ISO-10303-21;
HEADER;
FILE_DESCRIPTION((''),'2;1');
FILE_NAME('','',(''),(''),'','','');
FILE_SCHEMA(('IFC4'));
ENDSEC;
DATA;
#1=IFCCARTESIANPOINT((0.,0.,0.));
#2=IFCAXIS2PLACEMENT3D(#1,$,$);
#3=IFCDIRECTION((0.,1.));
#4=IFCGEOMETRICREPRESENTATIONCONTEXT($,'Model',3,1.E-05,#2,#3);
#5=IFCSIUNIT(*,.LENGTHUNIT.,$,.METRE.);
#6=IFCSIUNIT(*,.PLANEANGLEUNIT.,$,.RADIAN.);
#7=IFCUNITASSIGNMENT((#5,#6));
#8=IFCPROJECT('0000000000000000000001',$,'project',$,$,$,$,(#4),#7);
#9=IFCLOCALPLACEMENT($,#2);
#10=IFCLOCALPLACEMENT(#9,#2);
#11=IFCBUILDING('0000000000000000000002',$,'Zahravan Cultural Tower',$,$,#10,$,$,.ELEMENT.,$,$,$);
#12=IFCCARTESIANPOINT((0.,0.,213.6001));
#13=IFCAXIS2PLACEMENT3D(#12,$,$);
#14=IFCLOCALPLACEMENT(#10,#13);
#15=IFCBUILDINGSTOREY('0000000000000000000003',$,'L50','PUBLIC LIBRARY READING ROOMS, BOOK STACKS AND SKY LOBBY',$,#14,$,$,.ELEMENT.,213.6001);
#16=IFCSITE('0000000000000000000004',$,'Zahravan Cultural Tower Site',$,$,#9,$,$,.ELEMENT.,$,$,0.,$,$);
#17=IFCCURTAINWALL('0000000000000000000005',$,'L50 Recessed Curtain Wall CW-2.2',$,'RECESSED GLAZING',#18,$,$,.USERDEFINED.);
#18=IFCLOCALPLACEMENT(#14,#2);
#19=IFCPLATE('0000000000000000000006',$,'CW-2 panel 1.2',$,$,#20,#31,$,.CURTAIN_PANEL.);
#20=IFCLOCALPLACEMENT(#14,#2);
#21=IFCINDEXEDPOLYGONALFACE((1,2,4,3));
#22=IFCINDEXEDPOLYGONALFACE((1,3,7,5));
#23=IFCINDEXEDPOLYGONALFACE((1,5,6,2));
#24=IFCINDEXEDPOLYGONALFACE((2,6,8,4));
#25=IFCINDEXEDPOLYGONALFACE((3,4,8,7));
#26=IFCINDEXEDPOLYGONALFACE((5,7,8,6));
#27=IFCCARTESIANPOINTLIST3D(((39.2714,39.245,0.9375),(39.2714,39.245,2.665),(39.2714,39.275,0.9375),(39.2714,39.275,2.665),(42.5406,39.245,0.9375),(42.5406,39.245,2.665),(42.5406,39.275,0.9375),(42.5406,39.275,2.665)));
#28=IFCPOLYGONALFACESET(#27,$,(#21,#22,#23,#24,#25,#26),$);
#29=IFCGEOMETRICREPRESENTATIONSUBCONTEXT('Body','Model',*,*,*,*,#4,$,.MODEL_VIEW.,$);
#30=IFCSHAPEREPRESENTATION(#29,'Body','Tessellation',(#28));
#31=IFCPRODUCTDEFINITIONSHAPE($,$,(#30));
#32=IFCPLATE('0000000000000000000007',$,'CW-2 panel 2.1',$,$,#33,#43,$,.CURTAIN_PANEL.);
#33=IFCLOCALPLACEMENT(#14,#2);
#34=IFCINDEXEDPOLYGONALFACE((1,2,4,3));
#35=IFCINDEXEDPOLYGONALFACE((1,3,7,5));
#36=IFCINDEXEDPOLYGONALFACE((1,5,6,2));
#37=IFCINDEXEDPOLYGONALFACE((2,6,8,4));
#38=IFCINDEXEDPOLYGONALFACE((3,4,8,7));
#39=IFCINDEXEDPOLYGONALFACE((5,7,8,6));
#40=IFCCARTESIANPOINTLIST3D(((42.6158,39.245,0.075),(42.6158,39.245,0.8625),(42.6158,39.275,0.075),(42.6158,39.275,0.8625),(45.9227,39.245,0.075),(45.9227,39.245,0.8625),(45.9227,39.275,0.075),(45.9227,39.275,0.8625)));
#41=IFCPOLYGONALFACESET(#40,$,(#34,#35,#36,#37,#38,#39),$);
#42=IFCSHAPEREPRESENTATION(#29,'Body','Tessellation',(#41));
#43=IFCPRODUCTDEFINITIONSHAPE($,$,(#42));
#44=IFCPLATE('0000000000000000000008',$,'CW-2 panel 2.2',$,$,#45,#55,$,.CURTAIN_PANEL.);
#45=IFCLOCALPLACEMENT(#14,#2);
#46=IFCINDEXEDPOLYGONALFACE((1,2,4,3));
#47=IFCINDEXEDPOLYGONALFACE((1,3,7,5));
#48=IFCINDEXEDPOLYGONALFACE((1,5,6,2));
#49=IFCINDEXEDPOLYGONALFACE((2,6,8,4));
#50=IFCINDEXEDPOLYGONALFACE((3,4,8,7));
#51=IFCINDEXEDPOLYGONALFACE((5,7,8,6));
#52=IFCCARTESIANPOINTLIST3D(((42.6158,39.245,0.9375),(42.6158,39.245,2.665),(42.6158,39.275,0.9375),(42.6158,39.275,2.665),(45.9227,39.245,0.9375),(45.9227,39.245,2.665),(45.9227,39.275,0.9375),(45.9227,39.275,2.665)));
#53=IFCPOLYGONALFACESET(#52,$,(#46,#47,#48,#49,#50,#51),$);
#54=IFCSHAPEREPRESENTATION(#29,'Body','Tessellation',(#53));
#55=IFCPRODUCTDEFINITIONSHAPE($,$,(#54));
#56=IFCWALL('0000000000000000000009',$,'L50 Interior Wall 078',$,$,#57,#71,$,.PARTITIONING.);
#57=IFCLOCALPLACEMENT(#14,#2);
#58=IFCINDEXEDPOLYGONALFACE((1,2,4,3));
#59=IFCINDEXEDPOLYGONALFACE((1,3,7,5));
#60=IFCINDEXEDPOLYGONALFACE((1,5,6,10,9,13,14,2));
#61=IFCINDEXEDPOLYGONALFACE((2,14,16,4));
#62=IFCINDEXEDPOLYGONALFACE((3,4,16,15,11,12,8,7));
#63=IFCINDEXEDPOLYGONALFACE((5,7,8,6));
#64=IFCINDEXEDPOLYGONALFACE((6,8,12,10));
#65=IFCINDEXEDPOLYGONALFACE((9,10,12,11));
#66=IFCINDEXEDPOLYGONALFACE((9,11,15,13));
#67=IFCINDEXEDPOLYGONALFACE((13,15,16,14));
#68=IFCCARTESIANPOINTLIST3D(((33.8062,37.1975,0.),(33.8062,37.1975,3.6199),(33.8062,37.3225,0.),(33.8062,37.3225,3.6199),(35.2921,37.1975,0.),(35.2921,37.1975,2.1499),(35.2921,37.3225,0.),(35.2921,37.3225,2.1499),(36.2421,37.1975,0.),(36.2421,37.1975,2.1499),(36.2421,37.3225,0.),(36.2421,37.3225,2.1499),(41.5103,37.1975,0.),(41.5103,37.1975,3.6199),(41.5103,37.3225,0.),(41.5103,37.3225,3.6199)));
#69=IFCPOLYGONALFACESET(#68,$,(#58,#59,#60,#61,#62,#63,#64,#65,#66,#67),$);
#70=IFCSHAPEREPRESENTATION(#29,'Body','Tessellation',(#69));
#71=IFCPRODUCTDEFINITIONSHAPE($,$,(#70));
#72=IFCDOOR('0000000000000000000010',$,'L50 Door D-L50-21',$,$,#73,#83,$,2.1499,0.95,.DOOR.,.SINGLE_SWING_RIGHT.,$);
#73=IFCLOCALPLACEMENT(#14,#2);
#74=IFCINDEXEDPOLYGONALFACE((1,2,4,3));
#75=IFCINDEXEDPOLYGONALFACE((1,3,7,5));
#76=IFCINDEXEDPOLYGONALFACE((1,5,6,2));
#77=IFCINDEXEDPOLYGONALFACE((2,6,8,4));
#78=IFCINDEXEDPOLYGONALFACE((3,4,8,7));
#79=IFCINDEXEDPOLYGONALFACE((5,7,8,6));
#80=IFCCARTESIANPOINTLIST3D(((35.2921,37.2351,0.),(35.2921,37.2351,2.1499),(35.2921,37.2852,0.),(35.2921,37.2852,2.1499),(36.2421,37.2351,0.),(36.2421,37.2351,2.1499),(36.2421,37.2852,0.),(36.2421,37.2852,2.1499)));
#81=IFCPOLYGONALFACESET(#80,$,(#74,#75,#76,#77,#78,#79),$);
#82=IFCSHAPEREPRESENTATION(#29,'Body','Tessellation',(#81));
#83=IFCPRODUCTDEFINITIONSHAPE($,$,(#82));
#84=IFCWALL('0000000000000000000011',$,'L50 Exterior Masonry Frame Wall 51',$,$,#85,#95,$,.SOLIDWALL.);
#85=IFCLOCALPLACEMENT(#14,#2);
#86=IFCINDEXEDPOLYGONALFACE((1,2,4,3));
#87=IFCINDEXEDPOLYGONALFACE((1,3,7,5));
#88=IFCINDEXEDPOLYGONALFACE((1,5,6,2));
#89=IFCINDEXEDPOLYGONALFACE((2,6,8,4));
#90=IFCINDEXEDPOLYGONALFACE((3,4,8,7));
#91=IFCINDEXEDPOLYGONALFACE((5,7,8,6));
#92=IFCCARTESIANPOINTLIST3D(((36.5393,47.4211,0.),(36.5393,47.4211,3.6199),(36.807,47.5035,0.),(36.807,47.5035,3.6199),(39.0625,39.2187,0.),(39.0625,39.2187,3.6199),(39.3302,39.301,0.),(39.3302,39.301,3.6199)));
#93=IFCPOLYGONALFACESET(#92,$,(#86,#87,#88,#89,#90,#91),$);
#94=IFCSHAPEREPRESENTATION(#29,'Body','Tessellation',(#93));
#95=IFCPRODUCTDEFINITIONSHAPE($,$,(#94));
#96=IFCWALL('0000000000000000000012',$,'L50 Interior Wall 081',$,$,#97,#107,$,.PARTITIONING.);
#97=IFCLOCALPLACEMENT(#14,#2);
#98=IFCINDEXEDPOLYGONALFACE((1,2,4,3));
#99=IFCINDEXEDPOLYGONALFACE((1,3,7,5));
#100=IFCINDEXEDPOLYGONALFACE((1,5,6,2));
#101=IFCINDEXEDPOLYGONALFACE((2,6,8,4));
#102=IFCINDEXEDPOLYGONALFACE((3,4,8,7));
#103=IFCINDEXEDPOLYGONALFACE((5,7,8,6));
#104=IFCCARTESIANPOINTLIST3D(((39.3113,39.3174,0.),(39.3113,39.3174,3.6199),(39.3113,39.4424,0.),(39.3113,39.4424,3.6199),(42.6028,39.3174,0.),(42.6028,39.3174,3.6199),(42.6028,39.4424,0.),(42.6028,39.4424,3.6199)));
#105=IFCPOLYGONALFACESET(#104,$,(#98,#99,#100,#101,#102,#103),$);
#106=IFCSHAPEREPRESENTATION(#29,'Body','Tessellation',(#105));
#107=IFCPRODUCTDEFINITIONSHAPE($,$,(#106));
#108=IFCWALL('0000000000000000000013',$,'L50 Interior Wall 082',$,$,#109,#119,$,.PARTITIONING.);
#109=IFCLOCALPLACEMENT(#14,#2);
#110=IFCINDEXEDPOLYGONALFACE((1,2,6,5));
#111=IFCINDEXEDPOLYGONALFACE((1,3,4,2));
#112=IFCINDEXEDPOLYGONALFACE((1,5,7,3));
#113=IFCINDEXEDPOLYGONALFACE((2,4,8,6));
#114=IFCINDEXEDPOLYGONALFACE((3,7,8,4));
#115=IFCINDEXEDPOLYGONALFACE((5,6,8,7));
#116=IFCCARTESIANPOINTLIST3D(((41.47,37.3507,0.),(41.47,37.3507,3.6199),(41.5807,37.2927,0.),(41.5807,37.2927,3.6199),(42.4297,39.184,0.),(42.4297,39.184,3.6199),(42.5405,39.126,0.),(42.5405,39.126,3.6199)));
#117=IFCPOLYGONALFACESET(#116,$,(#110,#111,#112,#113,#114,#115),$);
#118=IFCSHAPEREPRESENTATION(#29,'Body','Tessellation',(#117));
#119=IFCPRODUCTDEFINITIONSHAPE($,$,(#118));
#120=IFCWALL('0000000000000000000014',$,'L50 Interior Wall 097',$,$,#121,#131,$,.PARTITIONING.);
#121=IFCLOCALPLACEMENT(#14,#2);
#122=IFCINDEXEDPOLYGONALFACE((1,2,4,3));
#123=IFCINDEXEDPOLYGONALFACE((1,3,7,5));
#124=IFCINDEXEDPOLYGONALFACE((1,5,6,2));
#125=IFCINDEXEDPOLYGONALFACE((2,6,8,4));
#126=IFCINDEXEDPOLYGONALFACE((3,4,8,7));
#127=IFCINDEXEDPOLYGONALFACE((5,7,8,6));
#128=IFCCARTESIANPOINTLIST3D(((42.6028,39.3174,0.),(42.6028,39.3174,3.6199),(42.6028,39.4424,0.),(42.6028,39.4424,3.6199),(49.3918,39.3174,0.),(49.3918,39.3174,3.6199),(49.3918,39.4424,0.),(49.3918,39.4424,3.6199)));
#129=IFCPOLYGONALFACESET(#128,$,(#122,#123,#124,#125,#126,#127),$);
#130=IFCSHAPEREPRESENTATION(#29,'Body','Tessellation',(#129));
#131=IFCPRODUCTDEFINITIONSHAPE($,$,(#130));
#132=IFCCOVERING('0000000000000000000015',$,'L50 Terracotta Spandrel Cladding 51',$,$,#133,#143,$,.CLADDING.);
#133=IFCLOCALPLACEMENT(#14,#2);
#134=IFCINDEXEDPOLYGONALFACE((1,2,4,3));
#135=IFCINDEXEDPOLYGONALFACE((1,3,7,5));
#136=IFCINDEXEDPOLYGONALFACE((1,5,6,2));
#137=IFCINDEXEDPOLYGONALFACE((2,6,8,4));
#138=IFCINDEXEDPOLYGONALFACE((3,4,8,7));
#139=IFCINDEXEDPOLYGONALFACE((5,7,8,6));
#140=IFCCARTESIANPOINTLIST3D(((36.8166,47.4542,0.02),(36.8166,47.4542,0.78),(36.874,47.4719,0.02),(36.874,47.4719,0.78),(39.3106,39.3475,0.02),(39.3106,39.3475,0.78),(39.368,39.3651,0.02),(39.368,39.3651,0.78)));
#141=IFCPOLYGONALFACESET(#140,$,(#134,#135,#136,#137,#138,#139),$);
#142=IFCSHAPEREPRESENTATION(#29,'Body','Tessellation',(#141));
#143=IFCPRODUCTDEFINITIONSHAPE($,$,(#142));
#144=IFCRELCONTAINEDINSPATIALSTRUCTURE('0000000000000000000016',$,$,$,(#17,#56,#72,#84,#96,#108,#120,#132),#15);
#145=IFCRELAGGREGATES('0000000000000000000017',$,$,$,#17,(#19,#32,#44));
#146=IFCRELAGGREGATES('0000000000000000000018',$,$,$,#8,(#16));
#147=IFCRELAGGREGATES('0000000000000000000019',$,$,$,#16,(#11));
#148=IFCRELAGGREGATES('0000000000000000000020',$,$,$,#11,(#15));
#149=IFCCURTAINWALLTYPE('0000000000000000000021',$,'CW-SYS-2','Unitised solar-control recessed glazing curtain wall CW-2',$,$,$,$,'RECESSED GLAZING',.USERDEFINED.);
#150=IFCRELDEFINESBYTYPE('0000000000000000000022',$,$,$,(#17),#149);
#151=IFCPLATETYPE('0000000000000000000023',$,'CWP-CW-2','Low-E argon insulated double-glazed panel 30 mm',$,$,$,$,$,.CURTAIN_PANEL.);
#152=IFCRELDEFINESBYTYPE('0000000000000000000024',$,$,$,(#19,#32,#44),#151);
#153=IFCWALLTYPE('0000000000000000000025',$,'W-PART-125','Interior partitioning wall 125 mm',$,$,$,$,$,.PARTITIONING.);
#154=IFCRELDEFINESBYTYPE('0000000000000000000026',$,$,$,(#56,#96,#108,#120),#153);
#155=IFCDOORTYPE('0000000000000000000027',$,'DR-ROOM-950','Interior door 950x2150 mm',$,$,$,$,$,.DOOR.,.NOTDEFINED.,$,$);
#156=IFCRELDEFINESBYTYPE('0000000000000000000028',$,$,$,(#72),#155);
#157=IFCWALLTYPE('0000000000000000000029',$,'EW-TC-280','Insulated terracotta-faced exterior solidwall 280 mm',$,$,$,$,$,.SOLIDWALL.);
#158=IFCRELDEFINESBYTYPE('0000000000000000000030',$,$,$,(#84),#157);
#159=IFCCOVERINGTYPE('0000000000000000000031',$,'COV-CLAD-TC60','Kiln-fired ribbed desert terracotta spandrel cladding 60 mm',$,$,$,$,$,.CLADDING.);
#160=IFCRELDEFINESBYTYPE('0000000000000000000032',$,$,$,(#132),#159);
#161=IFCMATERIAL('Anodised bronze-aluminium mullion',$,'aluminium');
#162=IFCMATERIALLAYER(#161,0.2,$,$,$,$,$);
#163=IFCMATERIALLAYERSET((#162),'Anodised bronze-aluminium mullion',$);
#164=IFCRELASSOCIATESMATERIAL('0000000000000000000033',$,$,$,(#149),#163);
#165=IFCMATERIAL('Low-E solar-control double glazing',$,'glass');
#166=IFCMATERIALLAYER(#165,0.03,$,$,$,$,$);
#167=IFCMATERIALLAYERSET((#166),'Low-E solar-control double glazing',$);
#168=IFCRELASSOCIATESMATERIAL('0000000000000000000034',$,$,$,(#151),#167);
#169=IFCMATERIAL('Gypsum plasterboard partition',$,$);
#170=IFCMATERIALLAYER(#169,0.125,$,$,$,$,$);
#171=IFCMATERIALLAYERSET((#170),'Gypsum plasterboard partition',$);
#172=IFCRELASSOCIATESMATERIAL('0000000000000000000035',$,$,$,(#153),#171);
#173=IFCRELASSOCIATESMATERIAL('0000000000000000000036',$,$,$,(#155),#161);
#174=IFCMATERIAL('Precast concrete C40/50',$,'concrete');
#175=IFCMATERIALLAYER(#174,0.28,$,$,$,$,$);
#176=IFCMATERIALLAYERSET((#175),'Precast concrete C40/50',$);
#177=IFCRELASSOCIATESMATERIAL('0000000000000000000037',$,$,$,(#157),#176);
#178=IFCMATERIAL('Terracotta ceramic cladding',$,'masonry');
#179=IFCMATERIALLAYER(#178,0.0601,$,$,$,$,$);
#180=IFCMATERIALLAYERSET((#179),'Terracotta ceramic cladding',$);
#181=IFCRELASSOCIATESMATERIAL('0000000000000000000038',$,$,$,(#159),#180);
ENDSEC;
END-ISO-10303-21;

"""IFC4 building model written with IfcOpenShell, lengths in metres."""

from ifc_helpers import new_model, si_unit, direction, frame, frame_2d, origin, origin_2d, place, context, subcontext, project, spatial, rectangle, extrude, source, transform, mapped, material, layer, layer_set, type_object, element, fill, aggregate, save


model = new_model("IFC4")

# Units and contexts
model_context = context("Model", 3, precision=1e-05, world=origin(), true_north=direction((0.0, 1.0)))
body_context = subcontext(model_context, "Body", "Model", "MODEL_VIEW")
ifc_project = project(units=[si_unit("LENGTHUNIT", "METRE"), si_unit("PLANEANGLEUNIT", "RADIAN")], contexts=[model_context])

# Site, building, storey
site_placement = place(None, origin())
site = spatial("IfcSite", under=ifc_project, at=site_placement, Name="Zahravan Cultural Tower Site", CompositionType="ELEMENT", RefElevation=0.0)
building_placement = place(site_placement, origin())
building = spatial("IfcBuilding", under=site, at=building_placement, Name="Zahravan Cultural Tower", CompositionType="ELEMENT")
storey_placement = place(building_placement, frame((0.0, 0.0, 213.6001)))
storey = spatial("IfcBuildingStorey", under=building, at=storey_placement, Name="L50", Description="PUBLIC LIBRARY READING ROOMS, BOOK STACKS AND SKY LOBBY", CompositionType="ELEMENT", Elevation=213.6001)

# Curtain wall, plates
ifc_material_1 = material(Name="Anodised bronze-aluminium mullion", Category="aluminium")
ifc_layer_1 = layer(ifc_material_1, 0.2)
ifc_layer_set_1 = layer_set([ifc_layer_1], Name="Anodised bronze-aluminium mullion")
curtain_wall_type = type_object("IfcCurtainWallType", Name="CW-SYS-2", Description="Unitised solar-control recessed glazing curtain wall CW-2", ElementType="RECESSED GLAZING", PredefinedType="USERDEFINED", material=ifc_layer_set_1)
curtain_wall_placement = place(storey_placement, origin())
curtain_wall = element("IfcCurtainWall", 1, at=curtain_wall_placement, inside=storey, type_object=curtain_wall_type, Name="L50 Recessed Curtain Wall CW-2.2", ObjectType="RECESSED GLAZING", PredefinedType="USERDEFINED")
ifc_material_2 = material(Name="Low-E solar-control double glazing", Category="glass")
ifc_layer_2 = layer(ifc_material_2, 0.03)
ifc_layer_set_2 = layer_set([ifc_layer_2], Name="Low-E solar-control double glazing")
plate_type = type_object("IfcPlateType", Name="CWP-CW-2", Description="Low-E argon insulated double-glazed panel 30 mm", PredefinedType="CURTAIN_PANEL", material=ifc_layer_set_2)
shared_shape_1 = source(origin(), body_context, "Body", "SweptSolid", [
    extrude(rectangle(XDim=3.2693, YDim=0.03, at=origin_2d()), origin(), (0.0, 0.0, 1.0), 1.7275),
])
plate_1_placement = place(storey_placement, frame((40.906, 39.26, 0.9375), z_axis=(0.0, 0.0, 1.0), x_axis=(1.0, 0.0, 0.0)))
plate_1 = element("IfcPlate", 2, at=plate_1_placement, type_object=plate_type, Name="CW-2 panel 1.2", PredefinedType="CURTAIN_PANEL", context=body_context, shape_type="MappedRepresentation", body=[
    mapped(shared_shape_1, transform((0.0, 0.0, 0.0), x_axis=(1.0, 0.0, 0.0), y_axis=(0.0, 1.0, 0.0), z_axis=(0.0, 0.0, 1.0), scale=1.0)),
])
shared_shape_2 = source(origin(), body_context, "Body", "SweptSolid", [
    extrude(rectangle(XDim=3.3069, YDim=0.03, at=origin_2d()), origin(), (0.0, 0.0, 1.0), 0.7876),
])
plate_2_placement = place(storey_placement, frame((44.2693, 39.26, 0.075), z_axis=(0.0, 0.0, 1.0), x_axis=(1.0, 0.0, 0.0)))
plate_2 = element("IfcPlate", 3, at=plate_2_placement, type_object=plate_type, Name="CW-2 panel 2.1", PredefinedType="CURTAIN_PANEL", context=body_context, shape_type="MappedRepresentation", body=[
    mapped(shared_shape_2, transform((0.0, 0.0, 0.0), x_axis=(1.0, 0.0, 0.0), y_axis=(0.0, 1.0, 0.0), z_axis=(0.0, 0.0, 1.0), scale=1.0)),
])
shared_shape_3 = source(origin(), body_context, "Body", "SweptSolid", [
    extrude(rectangle(XDim=3.3069, YDim=0.03, at=origin_2d()), origin(), (0.0, 0.0, 1.0), 1.7275),
])
plate_3_placement = place(storey_placement, frame((44.2693, 39.26, 0.9375), z_axis=(0.0, 0.0, 1.0), x_axis=(1.0, 0.0, 0.0)))
plate_3 = element("IfcPlate", 4, at=plate_3_placement, type_object=plate_type, Name="CW-2 panel 2.2", PredefinedType="CURTAIN_PANEL", context=body_context, shape_type="MappedRepresentation", body=[
    mapped(shared_shape_3, transform((0.0, 0.0, 0.0), x_axis=(1.0, 0.0, 0.0), y_axis=(0.0, 1.0, 0.0), z_axis=(0.0, 0.0, 1.0), scale=1.0)),
])
aggregate(curtain_wall, [plate_1, plate_2, plate_3])

# Wall, opening, door
ifc_material_3 = material(Name="Gypsum plasterboard partition")
ifc_layer_3 = layer(ifc_material_3, 0.125)
ifc_layer_set_3 = layer_set([ifc_layer_3], Name="Gypsum plasterboard partition")
wall_type_1 = type_object("IfcWallType", Name="W-PART-125", Description="Interior partitioning wall 125 mm", PredefinedType="PARTITIONING", material=ifc_layer_set_3)
wall_1_placement = place(storey_placement, frame((41.5103, 37.26, 0.0), z_axis=(0.0, 0.0, 1.0), x_axis=(-1.0, 0.0, 0.0)))
wall_1 = element("IfcWall", 5, at=wall_1_placement, inside=storey, type_object=wall_type_1, Name="L50 Interior Wall 078", PredefinedType="PARTITIONING", context=body_context, shape_type="SweptSolid", body=[
    extrude(rectangle(XDim=7.7041, YDim=0.125, at=frame_2d((3.8521, 0.0))), origin(), (0.0, 0.0, 1.0), 3.6199),
])
opening_placement = place(wall_1_placement, frame((5.2681, 0.0, 0.0)))
opening = element("IfcOpeningElement", 6, at=opening_placement, cuts=wall_1, PredefinedType="OPENING", context=body_context, shape_type="SweptSolid", body=[
    extrude(rectangle(XDim=0.95, YDim=2.1499, at=frame_2d((0.4751, 1.075))), frame((0.0, 0.0725, 0.0), z_axis=(0.0, -1.0, 0.0), x_axis=(1.0, 0.0, 0.0)), (0.0, 0.0, 1.0), 0.145),
])
door_type = type_object("IfcDoorType", Name="DR-ROOM-950", Description="Interior door 950x2150 mm", OperationType="NOTDEFINED", PredefinedType="DOOR", material=ifc_material_1)
shared_shape_4 = source(origin(), body_context, "Body", "SweptSolid", [
    extrude(rectangle(XDim=0.95, YDim=2.1499, at=frame_2d((0.4751, 1.075))), frame((0.0, 0.0249, 0.0), z_axis=(0.0, -1.0, 0.0), x_axis=(1.0, 0.0, 0.0)), (0.0, 0.0, 1.0), 0.05),
])
door_placement = place(opening_placement, origin())
door = element("IfcDoor", 7, at=door_placement, inside=storey, type_object=door_type, Name="L50 Door D-L50-21", OperationType="SINGLE_SWING_RIGHT", OverallHeight=2.1499, OverallWidth=0.95, PredefinedType="DOOR", context=body_context, shape_type="MappedRepresentation", body=[
    mapped(shared_shape_4, transform((0.0, 0.0, 0.0), x_axis=(1.0, 0.0, 0.0), y_axis=(0.0, 1.0, 0.0), z_axis=(0.0, 0.0, 1.0), scale=1.0)),
])
fill(opening, door)

# Walls
ifc_material_4 = material(Name="Precast concrete C40/50", Category="concrete")
ifc_layer_4 = layer(ifc_material_4, 0.28)
ifc_layer_set_4 = layer_set([ifc_layer_4], Name="Precast concrete C40/50")
wall_type_2 = type_object("IfcWallType", Name="EW-TC-280", Description="Insulated terracotta-faced exterior solidwall 280 mm", PredefinedType="SOLIDWALL", material=ifc_layer_set_4)
shared_shape_5 = source(origin(), body_context, "Body", "SweptSolid", [
    extrude(rectangle(XDim=8.5818, YDim=0.28, at=frame_2d((4.291, 0.0))), origin(), (0.0, 0.0, 1.0), 3.6199),
])
wall_2_placement = place(storey_placement, frame((36.6731, 47.4624, 0.0), z_axis=(0.0, 0.0, 1.0), x_axis=(0.29402, -0.955799, 0.0)))
element("IfcWall", 8, at=wall_2_placement, inside=storey, type_object=wall_type_2, Name="L50 Exterior Masonry Frame Wall 51", PredefinedType="SOLIDWALL", context=body_context, shape_type="MappedRepresentation", body=[
    mapped(shared_shape_5, transform((0.0, 0.0, 0.0), x_axis=(1.0, 0.0, 0.0), y_axis=(0.0, 1.0, 0.0), z_axis=(0.0, 0.0, 1.0), scale=1.0)),
])
shared_shape_6 = source(origin(), body_context, "Body", "SweptSolid", [
    extrude(rectangle(XDim=3.2915, YDim=0.125, at=frame_2d((1.6458, 0.0))), origin(), (0.0, 0.0, 1.0), 3.6199),
])
wall_3_placement = place(storey_placement, frame((39.3113, 39.3799, 0.0), z_axis=(0.0, 0.0, 1.0), x_axis=(1.0, 0.0, 0.0)))
element("IfcWall", 9, at=wall_3_placement, inside=storey, type_object=wall_type_1, Name="L50 Interior Wall 081", PredefinedType="PARTITIONING", context=body_context, shape_type="MappedRepresentation", body=[
    mapped(shared_shape_6, transform((0.0, 0.0, 0.0), x_axis=(1.0, 0.0, 0.0), y_axis=(0.0, 1.0, 0.0), z_axis=(0.0, 0.0, 1.0), scale=1.0)),
])
shared_shape_7 = source(origin(), body_context, "Body", "SweptSolid", [
    extrude(rectangle(XDim=2.0693, YDim=0.125, at=frame_2d((1.0347, 0.0))), origin(), (0.0, 0.0, 1.0), 3.6199),
])
wall_4_placement = place(storey_placement, frame((42.4851, 39.155, 0.0), z_axis=(0.0, 0.0, 1.0), x_axis=(-0.463795, -0.885942, 0.0)))
element("IfcWall", 10, at=wall_4_placement, inside=storey, type_object=wall_type_1, Name="L50 Interior Wall 082", PredefinedType="PARTITIONING", context=body_context, shape_type="MappedRepresentation", body=[
    mapped(shared_shape_7, transform((0.0, 0.0, 0.0), x_axis=(1.0, 0.0, 0.0), y_axis=(0.0, 1.0, 0.0), z_axis=(0.0, 0.0, 1.0), scale=1.0)),
])
shared_shape_8 = source(origin(), body_context, "Body", "SweptSolid", [
    extrude(rectangle(XDim=6.7891, YDim=0.125, at=frame_2d((3.3945, 0.0))), origin(), (0.0, 0.0, 1.0), 3.6199),
])
wall_5_placement = place(storey_placement, frame((42.6028, 39.3799, 0.0), z_axis=(0.0, 0.0, 1.0), x_axis=(1.0, 0.0, 0.0)))
element("IfcWall", 11, at=wall_5_placement, inside=storey, type_object=wall_type_1, Name="L50 Interior Wall 097", PredefinedType="PARTITIONING", context=body_context, shape_type="MappedRepresentation", body=[
    mapped(shared_shape_8, transform((0.0, 0.0, 0.0), x_axis=(1.0, 0.0, 0.0), y_axis=(0.0, 1.0, 0.0), z_axis=(0.0, 0.0, 1.0), scale=1.0)),
])

# Covering
ifc_material_5 = material(Name="Terracotta ceramic cladding", Category="masonry")
ifc_layer_5 = layer(ifc_material_5, 0.0601)
ifc_layer_set_5 = layer_set([ifc_layer_5], Name="Terracotta ceramic cladding")
covering_type = type_object("IfcCoveringType", Name="COV-CLAD-TC60", Description="Kiln-fired ribbed desert terracotta spandrel cladding 60 mm", PredefinedType="CLADDING", material=ifc_layer_set_5)
shared_shape_9 = source(origin(), body_context, "Body", "SweptSolid", [
    extrude(rectangle(XDim=8.4817, YDim=0.0601, at=origin_2d()), origin(), (0.0, 0.0, 1.0), 0.76),
])
covering_placement = place(storey_placement, frame((38.0923, 43.4097, 0.02), z_axis=(0.0, 0.0, 1.0), x_axis=(0.29404, -0.955793, 0.0)))
element("IfcCovering", 12, at=covering_placement, inside=storey, type_object=covering_type, Name="L50 Terracotta Spandrel Cladding 51", PredefinedType="CLADDING", context=body_context, shape_type="MappedRepresentation", body=[
    mapped(shared_shape_9, transform((0.0, 0.0, 0.0), x_axis=(1.0, 0.0, 0.0), y_axis=(0.0, 1.0, 0.0), z_axis=(0.0, 0.0, 1.0), scale=1.0)),
])

save(model, "model.ifc")
